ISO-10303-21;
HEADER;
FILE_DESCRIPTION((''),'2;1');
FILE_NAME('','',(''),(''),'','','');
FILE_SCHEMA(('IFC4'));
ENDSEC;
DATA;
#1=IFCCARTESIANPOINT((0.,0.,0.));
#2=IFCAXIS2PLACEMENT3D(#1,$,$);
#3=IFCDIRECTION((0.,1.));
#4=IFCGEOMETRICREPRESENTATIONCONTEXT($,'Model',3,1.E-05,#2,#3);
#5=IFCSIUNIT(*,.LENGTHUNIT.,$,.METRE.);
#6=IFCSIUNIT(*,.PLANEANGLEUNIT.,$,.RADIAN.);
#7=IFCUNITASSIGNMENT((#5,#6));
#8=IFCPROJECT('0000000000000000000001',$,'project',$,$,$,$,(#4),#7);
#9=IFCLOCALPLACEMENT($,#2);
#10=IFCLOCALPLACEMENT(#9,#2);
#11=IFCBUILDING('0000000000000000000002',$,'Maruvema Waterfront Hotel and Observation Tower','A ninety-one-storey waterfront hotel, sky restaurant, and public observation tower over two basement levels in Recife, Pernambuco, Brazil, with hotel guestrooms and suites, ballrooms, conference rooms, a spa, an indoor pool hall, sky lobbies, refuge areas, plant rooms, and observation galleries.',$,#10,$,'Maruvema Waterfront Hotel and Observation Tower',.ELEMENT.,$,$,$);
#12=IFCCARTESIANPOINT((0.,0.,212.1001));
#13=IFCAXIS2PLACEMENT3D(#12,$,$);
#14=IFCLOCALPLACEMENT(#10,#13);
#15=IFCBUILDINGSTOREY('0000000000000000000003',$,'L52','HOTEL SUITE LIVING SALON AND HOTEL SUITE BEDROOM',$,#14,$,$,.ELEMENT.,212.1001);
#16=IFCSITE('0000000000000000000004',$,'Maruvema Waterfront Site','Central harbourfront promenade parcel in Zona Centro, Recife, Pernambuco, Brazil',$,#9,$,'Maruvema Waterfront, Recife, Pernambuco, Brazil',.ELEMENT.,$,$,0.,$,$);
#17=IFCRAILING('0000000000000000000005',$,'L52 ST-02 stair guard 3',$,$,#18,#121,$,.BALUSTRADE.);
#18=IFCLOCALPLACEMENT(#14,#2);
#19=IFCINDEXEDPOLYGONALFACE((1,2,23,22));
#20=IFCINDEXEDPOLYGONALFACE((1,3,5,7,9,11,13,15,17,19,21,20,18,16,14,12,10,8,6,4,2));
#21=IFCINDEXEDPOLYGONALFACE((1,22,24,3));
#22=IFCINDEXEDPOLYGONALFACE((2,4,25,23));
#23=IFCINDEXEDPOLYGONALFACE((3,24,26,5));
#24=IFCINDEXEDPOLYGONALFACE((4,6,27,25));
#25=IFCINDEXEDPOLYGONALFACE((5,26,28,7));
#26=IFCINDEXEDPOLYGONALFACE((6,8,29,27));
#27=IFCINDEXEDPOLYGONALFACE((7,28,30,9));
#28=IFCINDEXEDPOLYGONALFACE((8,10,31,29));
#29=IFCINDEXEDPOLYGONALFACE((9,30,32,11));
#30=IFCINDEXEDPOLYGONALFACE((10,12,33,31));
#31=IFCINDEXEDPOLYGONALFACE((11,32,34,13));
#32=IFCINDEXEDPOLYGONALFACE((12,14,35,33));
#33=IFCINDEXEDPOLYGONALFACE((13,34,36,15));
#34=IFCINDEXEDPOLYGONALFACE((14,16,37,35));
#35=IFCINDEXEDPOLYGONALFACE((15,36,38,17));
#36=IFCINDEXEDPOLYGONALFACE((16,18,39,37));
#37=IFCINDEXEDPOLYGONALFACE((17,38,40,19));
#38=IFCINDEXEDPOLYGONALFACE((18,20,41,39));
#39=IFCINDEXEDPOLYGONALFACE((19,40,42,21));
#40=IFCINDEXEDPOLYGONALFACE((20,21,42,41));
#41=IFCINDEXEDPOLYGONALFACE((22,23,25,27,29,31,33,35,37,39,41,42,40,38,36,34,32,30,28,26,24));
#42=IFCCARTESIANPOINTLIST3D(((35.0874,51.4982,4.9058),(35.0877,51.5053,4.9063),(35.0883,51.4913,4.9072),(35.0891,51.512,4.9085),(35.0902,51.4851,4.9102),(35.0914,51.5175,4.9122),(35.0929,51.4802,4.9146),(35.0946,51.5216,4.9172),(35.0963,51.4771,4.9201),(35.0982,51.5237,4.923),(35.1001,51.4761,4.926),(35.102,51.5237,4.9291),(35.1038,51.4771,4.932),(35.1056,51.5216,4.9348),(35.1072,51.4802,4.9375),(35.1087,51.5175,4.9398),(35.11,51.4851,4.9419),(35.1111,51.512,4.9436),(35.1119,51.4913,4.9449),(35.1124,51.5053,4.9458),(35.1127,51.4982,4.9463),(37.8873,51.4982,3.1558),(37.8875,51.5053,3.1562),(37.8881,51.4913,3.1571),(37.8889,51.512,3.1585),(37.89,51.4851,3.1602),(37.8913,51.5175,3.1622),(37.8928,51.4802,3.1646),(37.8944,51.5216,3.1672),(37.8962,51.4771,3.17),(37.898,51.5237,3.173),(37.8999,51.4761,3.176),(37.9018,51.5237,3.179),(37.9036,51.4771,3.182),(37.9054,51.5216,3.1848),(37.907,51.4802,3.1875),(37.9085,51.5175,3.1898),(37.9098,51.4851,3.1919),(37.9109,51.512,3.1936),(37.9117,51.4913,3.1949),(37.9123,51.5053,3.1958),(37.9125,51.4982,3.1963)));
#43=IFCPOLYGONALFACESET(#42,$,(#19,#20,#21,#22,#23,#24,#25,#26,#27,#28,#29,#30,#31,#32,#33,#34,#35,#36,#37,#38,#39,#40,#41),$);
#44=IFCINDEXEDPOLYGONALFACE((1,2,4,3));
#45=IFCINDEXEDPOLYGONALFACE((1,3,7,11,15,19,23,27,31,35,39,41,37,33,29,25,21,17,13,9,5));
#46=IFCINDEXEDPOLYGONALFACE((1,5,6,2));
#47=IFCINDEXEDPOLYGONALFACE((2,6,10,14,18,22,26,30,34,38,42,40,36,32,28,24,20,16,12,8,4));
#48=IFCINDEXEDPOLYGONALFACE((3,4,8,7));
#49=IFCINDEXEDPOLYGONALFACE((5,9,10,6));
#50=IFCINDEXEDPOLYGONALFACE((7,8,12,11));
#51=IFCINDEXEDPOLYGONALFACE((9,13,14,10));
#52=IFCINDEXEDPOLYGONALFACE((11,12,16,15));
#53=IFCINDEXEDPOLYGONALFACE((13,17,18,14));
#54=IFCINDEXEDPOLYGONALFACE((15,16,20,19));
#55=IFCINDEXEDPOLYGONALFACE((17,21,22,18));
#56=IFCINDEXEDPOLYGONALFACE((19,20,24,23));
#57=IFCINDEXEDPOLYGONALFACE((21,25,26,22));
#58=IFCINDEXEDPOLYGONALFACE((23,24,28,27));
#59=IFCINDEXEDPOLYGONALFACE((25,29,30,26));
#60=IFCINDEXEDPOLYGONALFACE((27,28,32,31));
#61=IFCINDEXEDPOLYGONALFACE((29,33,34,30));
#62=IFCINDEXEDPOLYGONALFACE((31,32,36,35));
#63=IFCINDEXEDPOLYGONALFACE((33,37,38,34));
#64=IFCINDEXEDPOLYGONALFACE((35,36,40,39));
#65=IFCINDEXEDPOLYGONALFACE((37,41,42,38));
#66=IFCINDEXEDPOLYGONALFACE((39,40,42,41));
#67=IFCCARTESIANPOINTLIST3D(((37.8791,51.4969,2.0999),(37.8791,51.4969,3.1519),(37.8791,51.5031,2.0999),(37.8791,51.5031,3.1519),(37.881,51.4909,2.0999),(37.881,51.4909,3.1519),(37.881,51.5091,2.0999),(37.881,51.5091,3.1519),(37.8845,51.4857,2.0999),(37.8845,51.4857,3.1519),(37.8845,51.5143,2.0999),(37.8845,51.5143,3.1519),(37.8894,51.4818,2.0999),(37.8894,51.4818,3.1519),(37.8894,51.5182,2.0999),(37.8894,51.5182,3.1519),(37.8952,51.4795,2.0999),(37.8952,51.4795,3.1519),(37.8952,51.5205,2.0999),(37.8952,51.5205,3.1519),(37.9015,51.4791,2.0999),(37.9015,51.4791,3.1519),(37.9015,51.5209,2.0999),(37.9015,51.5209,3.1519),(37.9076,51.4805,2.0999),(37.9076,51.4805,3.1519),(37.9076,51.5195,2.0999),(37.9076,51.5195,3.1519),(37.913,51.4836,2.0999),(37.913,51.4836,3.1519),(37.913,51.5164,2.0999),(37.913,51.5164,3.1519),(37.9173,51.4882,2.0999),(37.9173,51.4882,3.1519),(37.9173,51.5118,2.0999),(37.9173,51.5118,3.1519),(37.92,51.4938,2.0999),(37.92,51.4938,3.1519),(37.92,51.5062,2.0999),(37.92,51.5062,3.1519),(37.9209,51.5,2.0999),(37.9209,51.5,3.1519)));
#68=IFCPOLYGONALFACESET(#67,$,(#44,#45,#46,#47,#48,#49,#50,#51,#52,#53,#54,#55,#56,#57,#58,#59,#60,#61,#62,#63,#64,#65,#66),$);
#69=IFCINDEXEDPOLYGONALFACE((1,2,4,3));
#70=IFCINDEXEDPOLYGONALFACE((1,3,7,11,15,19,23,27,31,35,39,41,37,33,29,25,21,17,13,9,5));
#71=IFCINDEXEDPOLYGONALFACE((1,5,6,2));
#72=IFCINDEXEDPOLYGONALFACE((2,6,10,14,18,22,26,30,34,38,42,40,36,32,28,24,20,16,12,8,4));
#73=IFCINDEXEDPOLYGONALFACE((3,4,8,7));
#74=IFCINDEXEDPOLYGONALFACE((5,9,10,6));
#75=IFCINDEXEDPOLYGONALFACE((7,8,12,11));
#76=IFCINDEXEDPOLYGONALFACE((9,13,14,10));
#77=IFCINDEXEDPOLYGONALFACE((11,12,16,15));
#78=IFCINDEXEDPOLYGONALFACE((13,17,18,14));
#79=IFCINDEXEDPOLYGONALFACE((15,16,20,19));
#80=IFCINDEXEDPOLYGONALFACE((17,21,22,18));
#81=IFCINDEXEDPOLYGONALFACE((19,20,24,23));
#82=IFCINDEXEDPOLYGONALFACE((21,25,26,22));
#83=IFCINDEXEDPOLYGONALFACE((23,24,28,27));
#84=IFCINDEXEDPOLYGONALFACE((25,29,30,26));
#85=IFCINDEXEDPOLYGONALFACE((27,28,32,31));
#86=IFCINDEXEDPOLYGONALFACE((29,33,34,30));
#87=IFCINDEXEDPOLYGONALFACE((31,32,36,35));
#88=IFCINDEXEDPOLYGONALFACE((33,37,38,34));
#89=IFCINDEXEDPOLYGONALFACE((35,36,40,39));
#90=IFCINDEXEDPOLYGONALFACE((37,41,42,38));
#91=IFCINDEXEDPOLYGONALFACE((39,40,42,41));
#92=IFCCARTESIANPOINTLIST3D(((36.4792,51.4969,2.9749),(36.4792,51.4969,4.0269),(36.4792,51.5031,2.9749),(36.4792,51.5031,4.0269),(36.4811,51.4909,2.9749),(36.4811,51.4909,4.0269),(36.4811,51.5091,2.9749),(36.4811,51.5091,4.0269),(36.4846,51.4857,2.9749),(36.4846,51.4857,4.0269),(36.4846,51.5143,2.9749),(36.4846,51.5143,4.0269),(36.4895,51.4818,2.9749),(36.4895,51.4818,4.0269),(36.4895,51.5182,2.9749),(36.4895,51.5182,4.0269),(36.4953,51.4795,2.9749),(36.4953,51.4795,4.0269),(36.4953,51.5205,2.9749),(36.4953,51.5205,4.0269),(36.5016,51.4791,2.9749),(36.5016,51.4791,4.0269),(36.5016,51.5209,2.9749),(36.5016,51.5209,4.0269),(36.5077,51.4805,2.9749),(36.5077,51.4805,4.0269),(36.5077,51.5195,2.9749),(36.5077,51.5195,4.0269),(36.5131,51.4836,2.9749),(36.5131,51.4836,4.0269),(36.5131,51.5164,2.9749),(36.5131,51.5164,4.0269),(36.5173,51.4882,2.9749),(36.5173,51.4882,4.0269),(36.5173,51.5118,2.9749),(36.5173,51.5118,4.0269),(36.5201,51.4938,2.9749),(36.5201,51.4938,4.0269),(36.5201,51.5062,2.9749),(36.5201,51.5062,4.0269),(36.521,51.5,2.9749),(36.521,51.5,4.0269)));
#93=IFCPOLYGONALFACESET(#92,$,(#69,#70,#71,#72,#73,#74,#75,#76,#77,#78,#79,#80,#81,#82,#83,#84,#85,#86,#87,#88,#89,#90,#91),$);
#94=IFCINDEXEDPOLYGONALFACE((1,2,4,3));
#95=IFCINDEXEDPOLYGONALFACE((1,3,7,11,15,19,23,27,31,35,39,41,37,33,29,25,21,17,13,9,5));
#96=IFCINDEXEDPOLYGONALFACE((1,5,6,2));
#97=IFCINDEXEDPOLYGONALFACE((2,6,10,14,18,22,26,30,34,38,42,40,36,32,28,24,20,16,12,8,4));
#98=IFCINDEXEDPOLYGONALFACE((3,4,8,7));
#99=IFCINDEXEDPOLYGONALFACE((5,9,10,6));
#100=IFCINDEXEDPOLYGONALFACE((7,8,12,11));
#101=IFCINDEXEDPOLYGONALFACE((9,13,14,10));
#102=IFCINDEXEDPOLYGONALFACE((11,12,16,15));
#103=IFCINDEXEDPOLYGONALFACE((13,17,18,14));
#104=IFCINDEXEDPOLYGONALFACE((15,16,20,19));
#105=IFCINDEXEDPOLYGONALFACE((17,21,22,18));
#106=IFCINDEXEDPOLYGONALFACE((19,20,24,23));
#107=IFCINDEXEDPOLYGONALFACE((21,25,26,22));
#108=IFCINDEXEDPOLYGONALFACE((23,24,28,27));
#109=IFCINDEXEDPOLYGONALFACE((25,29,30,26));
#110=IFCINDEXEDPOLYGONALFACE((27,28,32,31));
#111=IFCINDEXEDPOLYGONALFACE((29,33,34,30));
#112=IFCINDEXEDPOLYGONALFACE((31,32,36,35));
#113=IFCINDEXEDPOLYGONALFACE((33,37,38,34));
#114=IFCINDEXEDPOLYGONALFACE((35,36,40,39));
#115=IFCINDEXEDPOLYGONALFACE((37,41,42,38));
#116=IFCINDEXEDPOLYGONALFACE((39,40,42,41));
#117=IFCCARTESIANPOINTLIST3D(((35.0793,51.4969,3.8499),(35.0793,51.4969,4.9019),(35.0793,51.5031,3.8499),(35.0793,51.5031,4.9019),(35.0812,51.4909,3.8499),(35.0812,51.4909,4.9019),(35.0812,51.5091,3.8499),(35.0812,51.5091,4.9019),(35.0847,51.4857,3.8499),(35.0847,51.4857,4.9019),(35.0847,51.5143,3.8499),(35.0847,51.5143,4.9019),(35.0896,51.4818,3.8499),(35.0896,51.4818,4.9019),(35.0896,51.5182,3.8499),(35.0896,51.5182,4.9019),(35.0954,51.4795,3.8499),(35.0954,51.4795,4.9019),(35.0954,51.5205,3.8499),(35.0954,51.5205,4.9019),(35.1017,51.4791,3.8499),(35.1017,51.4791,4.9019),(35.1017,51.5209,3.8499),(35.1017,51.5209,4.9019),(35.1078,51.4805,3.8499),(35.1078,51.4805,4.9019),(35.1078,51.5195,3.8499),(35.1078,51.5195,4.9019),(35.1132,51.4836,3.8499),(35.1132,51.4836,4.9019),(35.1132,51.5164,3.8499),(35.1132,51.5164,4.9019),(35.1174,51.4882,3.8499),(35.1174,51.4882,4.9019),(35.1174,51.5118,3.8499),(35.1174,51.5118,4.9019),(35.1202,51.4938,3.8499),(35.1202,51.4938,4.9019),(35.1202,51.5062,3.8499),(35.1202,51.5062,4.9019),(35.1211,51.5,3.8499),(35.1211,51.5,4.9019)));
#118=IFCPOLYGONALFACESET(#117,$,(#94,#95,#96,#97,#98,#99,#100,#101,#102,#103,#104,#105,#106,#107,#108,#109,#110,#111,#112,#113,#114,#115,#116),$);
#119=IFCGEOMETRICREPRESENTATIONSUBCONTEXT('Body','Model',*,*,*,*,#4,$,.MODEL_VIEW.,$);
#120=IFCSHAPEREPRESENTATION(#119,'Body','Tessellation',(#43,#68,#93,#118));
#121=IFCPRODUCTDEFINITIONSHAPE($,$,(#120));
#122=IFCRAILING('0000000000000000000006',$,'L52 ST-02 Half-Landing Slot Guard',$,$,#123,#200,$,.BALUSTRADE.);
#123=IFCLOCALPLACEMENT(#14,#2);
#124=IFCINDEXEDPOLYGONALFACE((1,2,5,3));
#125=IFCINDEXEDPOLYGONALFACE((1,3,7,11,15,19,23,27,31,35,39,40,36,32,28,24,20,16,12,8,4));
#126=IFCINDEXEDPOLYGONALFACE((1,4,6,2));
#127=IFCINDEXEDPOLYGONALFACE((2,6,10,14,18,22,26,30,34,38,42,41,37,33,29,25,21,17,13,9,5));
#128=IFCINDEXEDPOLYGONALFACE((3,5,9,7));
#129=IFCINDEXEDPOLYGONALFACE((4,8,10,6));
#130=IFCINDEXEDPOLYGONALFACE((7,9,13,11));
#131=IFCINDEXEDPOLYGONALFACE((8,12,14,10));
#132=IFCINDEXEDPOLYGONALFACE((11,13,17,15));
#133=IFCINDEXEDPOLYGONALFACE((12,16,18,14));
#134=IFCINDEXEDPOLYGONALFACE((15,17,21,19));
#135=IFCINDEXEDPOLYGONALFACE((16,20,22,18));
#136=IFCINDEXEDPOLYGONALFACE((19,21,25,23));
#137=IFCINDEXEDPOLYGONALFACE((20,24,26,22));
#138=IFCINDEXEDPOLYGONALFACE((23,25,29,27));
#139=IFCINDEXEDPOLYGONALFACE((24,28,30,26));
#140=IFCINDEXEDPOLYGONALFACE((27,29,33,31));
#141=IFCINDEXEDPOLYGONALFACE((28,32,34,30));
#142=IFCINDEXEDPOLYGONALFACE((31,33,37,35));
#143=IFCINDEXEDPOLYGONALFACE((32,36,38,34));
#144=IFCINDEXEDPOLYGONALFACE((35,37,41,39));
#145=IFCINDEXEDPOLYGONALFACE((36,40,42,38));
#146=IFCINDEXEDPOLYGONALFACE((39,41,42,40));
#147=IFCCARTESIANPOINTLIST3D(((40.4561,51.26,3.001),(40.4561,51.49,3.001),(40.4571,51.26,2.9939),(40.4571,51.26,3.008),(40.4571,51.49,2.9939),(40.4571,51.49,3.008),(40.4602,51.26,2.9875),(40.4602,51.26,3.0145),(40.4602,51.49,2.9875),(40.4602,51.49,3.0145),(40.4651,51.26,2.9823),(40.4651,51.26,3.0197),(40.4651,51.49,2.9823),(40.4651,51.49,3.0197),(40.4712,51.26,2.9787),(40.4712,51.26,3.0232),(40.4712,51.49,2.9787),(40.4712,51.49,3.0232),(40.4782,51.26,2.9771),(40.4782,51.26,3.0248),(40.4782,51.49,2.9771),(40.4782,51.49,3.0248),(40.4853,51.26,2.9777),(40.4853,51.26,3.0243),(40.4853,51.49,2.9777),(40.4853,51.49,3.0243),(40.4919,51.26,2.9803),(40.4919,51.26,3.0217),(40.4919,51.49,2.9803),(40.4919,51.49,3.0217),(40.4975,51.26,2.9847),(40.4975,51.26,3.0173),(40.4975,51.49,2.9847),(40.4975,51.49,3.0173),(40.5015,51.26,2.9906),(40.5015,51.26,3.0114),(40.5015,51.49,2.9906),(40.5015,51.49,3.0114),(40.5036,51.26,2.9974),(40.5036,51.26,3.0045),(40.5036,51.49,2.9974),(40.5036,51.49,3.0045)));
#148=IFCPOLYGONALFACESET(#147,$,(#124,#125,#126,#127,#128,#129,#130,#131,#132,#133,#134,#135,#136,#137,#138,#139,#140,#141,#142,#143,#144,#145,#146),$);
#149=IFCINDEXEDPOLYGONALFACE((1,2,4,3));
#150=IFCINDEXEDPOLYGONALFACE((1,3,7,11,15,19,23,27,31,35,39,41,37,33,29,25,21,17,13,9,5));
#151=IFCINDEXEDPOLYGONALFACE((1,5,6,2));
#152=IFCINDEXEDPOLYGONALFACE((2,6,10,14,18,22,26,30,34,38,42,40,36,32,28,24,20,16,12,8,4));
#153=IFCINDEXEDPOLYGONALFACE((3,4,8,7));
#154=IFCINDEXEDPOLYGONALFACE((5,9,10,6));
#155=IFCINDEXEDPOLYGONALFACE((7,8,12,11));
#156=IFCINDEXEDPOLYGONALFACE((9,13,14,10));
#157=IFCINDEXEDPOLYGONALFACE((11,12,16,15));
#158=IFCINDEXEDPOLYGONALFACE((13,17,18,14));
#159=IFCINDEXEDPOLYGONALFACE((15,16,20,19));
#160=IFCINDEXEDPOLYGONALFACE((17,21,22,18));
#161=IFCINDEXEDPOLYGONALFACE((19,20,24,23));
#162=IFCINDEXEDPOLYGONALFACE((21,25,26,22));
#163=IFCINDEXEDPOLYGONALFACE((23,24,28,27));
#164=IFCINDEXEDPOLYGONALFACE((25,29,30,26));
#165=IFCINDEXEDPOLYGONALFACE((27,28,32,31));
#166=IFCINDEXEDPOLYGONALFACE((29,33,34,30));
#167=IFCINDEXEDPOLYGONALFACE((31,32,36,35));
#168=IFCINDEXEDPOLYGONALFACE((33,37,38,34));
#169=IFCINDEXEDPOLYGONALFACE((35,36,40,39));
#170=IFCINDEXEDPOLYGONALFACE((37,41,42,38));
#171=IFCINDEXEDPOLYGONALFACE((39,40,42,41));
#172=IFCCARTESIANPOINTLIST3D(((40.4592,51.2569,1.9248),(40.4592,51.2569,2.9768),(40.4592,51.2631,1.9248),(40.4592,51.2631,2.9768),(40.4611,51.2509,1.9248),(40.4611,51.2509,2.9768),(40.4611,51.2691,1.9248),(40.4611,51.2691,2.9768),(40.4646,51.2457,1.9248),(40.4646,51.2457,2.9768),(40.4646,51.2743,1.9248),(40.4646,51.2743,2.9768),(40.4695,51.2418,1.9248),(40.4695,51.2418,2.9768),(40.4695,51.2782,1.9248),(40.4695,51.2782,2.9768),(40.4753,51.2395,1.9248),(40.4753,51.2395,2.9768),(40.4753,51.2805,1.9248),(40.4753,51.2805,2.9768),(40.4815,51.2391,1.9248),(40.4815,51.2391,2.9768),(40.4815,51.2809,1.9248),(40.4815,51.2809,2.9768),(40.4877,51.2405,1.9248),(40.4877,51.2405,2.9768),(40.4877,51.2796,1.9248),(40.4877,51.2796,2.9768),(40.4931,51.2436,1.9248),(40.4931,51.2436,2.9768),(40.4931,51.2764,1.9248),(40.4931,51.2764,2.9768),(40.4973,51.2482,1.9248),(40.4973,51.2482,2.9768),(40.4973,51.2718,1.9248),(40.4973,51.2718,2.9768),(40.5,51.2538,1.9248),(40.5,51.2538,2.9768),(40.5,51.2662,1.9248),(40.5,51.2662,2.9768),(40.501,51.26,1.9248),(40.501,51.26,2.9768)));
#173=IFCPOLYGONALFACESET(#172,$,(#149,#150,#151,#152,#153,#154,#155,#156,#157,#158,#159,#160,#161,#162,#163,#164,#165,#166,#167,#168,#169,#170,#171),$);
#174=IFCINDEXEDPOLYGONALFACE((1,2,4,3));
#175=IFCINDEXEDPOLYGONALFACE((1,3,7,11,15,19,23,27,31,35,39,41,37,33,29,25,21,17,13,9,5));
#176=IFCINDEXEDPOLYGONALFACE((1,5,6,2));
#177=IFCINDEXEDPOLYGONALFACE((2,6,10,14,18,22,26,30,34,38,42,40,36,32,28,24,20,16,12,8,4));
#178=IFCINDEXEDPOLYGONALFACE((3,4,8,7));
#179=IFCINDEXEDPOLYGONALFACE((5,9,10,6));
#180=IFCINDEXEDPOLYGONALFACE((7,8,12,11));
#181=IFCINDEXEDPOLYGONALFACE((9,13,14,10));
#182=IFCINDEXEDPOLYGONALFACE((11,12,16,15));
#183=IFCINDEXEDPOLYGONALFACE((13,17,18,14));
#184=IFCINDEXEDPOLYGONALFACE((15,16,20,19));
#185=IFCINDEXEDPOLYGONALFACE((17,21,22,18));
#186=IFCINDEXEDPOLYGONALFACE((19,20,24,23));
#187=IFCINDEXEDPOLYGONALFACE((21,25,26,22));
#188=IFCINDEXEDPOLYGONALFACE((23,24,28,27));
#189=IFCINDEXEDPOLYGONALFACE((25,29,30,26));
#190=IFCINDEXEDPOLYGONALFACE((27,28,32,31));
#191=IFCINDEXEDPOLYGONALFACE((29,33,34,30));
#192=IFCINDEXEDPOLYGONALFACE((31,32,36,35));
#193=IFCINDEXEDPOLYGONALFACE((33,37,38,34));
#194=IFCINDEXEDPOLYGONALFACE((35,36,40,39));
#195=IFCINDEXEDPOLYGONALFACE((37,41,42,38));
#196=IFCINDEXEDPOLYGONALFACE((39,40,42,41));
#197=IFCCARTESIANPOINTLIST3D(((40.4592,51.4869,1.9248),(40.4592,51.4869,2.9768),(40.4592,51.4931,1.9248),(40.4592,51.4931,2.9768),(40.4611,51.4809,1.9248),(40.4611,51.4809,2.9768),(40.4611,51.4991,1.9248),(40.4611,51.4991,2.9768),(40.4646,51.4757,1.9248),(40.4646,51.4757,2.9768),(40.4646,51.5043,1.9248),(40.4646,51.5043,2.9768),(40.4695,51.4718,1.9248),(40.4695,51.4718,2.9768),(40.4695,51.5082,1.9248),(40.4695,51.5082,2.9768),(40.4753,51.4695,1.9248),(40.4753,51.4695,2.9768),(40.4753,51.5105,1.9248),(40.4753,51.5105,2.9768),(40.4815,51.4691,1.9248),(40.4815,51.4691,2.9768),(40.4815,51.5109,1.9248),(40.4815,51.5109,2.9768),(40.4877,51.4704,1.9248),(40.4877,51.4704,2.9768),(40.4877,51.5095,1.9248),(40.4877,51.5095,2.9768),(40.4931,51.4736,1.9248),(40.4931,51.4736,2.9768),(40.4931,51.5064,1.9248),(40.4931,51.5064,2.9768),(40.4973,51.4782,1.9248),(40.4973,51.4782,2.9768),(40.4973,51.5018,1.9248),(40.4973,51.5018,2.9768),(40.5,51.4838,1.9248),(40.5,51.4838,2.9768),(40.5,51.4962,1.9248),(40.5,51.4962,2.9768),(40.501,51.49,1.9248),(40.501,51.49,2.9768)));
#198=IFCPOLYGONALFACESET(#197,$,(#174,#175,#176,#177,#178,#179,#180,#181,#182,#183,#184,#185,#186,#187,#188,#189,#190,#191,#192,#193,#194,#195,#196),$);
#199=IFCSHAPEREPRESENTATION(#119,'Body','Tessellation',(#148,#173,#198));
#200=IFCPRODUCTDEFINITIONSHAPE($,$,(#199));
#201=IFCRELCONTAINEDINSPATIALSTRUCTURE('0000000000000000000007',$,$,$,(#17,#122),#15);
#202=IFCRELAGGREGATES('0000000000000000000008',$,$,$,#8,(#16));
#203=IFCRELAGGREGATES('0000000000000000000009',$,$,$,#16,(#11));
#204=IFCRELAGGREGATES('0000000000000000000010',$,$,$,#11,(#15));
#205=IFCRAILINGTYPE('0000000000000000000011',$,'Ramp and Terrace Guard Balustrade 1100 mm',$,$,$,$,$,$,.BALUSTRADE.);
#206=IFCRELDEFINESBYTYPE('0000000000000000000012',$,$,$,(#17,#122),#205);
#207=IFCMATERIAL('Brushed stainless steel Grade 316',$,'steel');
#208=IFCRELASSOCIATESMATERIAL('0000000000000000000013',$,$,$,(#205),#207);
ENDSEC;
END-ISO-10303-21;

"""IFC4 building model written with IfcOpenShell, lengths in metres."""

from ifc_helpers import new_model, si_unit, direction, frame, origin, origin_2d, place, context, subcontext, project, spatial, circle, extrude, material, type_object, element, save


model = new_model("IFC4")

# Units and contexts
model_context = context("Model", 3, precision=1e-05, world=origin(), true_north=direction((0.0, 1.0)))
body_context = subcontext(model_context, "Body", "Model", "MODEL_VIEW")
ifc_project = project(units=[si_unit("LENGTHUNIT", "METRE"), si_unit("PLANEANGLEUNIT", "RADIAN")], contexts=[model_context])

# Site, building, storey
site_placement = place(None, origin())
site = spatial("IfcSite", under=ifc_project, at=site_placement, Name="Maruvema Waterfront Site", Description="Central harbourfront promenade parcel in Zona Centro, Recife, Pernambuco, Brazil", LongName="Maruvema Waterfront, Recife, Pernambuco, Brazil", CompositionType="ELEMENT", RefElevation=0.0)
building_placement = place(site_placement, origin())
building = spatial("IfcBuilding", under=site, at=building_placement, Name="Maruvema Waterfront Hotel and Observation Tower", Description="A ninety-one-storey waterfront hotel, sky restaurant, and public observation tower over two basement levels in Recife, Pernambuco, Brazil, with hotel guestrooms and suites, ballrooms, conference rooms, a spa, an indoor pool hall, sky lobbies, refuge areas, plant rooms, and observation galleries.", LongName="Maruvema Waterfront Hotel and Observation Tower", CompositionType="ELEMENT")
storey_placement = place(building_placement, frame((0.0, 0.0, 212.1001)))
storey = spatial("IfcBuildingStorey", under=building, at=storey_placement, Name="L52", Description="HOTEL SUITE LIVING SALON AND HOTEL SUITE BEDROOM", CompositionType="ELEMENT", Elevation=212.1001)

# Railings
ifc_material_1 = material(Name="Brushed stainless steel Grade 316", Category="steel")
railing_type_1 = type_object("IfcRailingType", Name="Ramp and Terrace Guard Balustrade 1100 mm", PredefinedType="BALUSTRADE", material=ifc_material_1)
railing_1_placement = place(storey_placement, frame((37.8999, 51.5, 2.0999)))
element("IfcRailing", 1, at=railing_1_placement, inside=storey, type_object=railing_type_1, Name="L52 ST-02 stair guard 3", PredefinedType="BALUSTRADE", context=body_context, shape_type="SweptSolid", body=[
    extrude(circle(Radius=0.0239, at=origin_2d()), frame((0.0, 0.0, 1.0762), z_axis=(-0.847982, 0.0, 0.530026), x_axis=(0.0, -1.0, 0.0)), (0.0, 0.0, 1.0), 3.3018),
    extrude(circle(Radius=0.021, at=origin_2d()), origin(), (0.0, 0.0, 1.0), 1.052),
    extrude(circle(Radius=0.021, at=origin_2d()), frame((-1.3999, 0.0, 0.875)), (0.0, 0.0, 1.0), 1.052),
    extrude(circle(Radius=0.021, at=origin_2d()), frame((-2.7998, 0.0, 1.75)), (0.0, 0.0, 1.0), 1.052),
])
railing_2_placement = place(storey_placement, frame((40.48, 51.26, 1.9248)))
element("IfcRailing", 2, at=railing_2_placement, inside=storey, type_object=railing_type_1, Name="L52 ST-02 Half-Landing Slot Guard", PredefinedType="BALUSTRADE", context=body_context, shape_type="SweptSolid", body=[
    extrude(circle(Radius=0.0239, at=origin_2d()), frame((0.0, 0.0, 1.0762), z_axis=(0.0, 1.0, 0.0), x_axis=(-1.0, 0.0, 0.0)), (0.0, 0.0, 1.0), 0.23),
    extrude(circle(Radius=0.021, at=origin_2d()), origin(), (0.0, 0.0, 1.0), 1.052),
    extrude(circle(Radius=0.021, at=origin_2d()), frame((0.0, 0.23, 0.0)), (0.0, 0.0, 1.0), 1.052),
])

save(model, "model.ifc")
